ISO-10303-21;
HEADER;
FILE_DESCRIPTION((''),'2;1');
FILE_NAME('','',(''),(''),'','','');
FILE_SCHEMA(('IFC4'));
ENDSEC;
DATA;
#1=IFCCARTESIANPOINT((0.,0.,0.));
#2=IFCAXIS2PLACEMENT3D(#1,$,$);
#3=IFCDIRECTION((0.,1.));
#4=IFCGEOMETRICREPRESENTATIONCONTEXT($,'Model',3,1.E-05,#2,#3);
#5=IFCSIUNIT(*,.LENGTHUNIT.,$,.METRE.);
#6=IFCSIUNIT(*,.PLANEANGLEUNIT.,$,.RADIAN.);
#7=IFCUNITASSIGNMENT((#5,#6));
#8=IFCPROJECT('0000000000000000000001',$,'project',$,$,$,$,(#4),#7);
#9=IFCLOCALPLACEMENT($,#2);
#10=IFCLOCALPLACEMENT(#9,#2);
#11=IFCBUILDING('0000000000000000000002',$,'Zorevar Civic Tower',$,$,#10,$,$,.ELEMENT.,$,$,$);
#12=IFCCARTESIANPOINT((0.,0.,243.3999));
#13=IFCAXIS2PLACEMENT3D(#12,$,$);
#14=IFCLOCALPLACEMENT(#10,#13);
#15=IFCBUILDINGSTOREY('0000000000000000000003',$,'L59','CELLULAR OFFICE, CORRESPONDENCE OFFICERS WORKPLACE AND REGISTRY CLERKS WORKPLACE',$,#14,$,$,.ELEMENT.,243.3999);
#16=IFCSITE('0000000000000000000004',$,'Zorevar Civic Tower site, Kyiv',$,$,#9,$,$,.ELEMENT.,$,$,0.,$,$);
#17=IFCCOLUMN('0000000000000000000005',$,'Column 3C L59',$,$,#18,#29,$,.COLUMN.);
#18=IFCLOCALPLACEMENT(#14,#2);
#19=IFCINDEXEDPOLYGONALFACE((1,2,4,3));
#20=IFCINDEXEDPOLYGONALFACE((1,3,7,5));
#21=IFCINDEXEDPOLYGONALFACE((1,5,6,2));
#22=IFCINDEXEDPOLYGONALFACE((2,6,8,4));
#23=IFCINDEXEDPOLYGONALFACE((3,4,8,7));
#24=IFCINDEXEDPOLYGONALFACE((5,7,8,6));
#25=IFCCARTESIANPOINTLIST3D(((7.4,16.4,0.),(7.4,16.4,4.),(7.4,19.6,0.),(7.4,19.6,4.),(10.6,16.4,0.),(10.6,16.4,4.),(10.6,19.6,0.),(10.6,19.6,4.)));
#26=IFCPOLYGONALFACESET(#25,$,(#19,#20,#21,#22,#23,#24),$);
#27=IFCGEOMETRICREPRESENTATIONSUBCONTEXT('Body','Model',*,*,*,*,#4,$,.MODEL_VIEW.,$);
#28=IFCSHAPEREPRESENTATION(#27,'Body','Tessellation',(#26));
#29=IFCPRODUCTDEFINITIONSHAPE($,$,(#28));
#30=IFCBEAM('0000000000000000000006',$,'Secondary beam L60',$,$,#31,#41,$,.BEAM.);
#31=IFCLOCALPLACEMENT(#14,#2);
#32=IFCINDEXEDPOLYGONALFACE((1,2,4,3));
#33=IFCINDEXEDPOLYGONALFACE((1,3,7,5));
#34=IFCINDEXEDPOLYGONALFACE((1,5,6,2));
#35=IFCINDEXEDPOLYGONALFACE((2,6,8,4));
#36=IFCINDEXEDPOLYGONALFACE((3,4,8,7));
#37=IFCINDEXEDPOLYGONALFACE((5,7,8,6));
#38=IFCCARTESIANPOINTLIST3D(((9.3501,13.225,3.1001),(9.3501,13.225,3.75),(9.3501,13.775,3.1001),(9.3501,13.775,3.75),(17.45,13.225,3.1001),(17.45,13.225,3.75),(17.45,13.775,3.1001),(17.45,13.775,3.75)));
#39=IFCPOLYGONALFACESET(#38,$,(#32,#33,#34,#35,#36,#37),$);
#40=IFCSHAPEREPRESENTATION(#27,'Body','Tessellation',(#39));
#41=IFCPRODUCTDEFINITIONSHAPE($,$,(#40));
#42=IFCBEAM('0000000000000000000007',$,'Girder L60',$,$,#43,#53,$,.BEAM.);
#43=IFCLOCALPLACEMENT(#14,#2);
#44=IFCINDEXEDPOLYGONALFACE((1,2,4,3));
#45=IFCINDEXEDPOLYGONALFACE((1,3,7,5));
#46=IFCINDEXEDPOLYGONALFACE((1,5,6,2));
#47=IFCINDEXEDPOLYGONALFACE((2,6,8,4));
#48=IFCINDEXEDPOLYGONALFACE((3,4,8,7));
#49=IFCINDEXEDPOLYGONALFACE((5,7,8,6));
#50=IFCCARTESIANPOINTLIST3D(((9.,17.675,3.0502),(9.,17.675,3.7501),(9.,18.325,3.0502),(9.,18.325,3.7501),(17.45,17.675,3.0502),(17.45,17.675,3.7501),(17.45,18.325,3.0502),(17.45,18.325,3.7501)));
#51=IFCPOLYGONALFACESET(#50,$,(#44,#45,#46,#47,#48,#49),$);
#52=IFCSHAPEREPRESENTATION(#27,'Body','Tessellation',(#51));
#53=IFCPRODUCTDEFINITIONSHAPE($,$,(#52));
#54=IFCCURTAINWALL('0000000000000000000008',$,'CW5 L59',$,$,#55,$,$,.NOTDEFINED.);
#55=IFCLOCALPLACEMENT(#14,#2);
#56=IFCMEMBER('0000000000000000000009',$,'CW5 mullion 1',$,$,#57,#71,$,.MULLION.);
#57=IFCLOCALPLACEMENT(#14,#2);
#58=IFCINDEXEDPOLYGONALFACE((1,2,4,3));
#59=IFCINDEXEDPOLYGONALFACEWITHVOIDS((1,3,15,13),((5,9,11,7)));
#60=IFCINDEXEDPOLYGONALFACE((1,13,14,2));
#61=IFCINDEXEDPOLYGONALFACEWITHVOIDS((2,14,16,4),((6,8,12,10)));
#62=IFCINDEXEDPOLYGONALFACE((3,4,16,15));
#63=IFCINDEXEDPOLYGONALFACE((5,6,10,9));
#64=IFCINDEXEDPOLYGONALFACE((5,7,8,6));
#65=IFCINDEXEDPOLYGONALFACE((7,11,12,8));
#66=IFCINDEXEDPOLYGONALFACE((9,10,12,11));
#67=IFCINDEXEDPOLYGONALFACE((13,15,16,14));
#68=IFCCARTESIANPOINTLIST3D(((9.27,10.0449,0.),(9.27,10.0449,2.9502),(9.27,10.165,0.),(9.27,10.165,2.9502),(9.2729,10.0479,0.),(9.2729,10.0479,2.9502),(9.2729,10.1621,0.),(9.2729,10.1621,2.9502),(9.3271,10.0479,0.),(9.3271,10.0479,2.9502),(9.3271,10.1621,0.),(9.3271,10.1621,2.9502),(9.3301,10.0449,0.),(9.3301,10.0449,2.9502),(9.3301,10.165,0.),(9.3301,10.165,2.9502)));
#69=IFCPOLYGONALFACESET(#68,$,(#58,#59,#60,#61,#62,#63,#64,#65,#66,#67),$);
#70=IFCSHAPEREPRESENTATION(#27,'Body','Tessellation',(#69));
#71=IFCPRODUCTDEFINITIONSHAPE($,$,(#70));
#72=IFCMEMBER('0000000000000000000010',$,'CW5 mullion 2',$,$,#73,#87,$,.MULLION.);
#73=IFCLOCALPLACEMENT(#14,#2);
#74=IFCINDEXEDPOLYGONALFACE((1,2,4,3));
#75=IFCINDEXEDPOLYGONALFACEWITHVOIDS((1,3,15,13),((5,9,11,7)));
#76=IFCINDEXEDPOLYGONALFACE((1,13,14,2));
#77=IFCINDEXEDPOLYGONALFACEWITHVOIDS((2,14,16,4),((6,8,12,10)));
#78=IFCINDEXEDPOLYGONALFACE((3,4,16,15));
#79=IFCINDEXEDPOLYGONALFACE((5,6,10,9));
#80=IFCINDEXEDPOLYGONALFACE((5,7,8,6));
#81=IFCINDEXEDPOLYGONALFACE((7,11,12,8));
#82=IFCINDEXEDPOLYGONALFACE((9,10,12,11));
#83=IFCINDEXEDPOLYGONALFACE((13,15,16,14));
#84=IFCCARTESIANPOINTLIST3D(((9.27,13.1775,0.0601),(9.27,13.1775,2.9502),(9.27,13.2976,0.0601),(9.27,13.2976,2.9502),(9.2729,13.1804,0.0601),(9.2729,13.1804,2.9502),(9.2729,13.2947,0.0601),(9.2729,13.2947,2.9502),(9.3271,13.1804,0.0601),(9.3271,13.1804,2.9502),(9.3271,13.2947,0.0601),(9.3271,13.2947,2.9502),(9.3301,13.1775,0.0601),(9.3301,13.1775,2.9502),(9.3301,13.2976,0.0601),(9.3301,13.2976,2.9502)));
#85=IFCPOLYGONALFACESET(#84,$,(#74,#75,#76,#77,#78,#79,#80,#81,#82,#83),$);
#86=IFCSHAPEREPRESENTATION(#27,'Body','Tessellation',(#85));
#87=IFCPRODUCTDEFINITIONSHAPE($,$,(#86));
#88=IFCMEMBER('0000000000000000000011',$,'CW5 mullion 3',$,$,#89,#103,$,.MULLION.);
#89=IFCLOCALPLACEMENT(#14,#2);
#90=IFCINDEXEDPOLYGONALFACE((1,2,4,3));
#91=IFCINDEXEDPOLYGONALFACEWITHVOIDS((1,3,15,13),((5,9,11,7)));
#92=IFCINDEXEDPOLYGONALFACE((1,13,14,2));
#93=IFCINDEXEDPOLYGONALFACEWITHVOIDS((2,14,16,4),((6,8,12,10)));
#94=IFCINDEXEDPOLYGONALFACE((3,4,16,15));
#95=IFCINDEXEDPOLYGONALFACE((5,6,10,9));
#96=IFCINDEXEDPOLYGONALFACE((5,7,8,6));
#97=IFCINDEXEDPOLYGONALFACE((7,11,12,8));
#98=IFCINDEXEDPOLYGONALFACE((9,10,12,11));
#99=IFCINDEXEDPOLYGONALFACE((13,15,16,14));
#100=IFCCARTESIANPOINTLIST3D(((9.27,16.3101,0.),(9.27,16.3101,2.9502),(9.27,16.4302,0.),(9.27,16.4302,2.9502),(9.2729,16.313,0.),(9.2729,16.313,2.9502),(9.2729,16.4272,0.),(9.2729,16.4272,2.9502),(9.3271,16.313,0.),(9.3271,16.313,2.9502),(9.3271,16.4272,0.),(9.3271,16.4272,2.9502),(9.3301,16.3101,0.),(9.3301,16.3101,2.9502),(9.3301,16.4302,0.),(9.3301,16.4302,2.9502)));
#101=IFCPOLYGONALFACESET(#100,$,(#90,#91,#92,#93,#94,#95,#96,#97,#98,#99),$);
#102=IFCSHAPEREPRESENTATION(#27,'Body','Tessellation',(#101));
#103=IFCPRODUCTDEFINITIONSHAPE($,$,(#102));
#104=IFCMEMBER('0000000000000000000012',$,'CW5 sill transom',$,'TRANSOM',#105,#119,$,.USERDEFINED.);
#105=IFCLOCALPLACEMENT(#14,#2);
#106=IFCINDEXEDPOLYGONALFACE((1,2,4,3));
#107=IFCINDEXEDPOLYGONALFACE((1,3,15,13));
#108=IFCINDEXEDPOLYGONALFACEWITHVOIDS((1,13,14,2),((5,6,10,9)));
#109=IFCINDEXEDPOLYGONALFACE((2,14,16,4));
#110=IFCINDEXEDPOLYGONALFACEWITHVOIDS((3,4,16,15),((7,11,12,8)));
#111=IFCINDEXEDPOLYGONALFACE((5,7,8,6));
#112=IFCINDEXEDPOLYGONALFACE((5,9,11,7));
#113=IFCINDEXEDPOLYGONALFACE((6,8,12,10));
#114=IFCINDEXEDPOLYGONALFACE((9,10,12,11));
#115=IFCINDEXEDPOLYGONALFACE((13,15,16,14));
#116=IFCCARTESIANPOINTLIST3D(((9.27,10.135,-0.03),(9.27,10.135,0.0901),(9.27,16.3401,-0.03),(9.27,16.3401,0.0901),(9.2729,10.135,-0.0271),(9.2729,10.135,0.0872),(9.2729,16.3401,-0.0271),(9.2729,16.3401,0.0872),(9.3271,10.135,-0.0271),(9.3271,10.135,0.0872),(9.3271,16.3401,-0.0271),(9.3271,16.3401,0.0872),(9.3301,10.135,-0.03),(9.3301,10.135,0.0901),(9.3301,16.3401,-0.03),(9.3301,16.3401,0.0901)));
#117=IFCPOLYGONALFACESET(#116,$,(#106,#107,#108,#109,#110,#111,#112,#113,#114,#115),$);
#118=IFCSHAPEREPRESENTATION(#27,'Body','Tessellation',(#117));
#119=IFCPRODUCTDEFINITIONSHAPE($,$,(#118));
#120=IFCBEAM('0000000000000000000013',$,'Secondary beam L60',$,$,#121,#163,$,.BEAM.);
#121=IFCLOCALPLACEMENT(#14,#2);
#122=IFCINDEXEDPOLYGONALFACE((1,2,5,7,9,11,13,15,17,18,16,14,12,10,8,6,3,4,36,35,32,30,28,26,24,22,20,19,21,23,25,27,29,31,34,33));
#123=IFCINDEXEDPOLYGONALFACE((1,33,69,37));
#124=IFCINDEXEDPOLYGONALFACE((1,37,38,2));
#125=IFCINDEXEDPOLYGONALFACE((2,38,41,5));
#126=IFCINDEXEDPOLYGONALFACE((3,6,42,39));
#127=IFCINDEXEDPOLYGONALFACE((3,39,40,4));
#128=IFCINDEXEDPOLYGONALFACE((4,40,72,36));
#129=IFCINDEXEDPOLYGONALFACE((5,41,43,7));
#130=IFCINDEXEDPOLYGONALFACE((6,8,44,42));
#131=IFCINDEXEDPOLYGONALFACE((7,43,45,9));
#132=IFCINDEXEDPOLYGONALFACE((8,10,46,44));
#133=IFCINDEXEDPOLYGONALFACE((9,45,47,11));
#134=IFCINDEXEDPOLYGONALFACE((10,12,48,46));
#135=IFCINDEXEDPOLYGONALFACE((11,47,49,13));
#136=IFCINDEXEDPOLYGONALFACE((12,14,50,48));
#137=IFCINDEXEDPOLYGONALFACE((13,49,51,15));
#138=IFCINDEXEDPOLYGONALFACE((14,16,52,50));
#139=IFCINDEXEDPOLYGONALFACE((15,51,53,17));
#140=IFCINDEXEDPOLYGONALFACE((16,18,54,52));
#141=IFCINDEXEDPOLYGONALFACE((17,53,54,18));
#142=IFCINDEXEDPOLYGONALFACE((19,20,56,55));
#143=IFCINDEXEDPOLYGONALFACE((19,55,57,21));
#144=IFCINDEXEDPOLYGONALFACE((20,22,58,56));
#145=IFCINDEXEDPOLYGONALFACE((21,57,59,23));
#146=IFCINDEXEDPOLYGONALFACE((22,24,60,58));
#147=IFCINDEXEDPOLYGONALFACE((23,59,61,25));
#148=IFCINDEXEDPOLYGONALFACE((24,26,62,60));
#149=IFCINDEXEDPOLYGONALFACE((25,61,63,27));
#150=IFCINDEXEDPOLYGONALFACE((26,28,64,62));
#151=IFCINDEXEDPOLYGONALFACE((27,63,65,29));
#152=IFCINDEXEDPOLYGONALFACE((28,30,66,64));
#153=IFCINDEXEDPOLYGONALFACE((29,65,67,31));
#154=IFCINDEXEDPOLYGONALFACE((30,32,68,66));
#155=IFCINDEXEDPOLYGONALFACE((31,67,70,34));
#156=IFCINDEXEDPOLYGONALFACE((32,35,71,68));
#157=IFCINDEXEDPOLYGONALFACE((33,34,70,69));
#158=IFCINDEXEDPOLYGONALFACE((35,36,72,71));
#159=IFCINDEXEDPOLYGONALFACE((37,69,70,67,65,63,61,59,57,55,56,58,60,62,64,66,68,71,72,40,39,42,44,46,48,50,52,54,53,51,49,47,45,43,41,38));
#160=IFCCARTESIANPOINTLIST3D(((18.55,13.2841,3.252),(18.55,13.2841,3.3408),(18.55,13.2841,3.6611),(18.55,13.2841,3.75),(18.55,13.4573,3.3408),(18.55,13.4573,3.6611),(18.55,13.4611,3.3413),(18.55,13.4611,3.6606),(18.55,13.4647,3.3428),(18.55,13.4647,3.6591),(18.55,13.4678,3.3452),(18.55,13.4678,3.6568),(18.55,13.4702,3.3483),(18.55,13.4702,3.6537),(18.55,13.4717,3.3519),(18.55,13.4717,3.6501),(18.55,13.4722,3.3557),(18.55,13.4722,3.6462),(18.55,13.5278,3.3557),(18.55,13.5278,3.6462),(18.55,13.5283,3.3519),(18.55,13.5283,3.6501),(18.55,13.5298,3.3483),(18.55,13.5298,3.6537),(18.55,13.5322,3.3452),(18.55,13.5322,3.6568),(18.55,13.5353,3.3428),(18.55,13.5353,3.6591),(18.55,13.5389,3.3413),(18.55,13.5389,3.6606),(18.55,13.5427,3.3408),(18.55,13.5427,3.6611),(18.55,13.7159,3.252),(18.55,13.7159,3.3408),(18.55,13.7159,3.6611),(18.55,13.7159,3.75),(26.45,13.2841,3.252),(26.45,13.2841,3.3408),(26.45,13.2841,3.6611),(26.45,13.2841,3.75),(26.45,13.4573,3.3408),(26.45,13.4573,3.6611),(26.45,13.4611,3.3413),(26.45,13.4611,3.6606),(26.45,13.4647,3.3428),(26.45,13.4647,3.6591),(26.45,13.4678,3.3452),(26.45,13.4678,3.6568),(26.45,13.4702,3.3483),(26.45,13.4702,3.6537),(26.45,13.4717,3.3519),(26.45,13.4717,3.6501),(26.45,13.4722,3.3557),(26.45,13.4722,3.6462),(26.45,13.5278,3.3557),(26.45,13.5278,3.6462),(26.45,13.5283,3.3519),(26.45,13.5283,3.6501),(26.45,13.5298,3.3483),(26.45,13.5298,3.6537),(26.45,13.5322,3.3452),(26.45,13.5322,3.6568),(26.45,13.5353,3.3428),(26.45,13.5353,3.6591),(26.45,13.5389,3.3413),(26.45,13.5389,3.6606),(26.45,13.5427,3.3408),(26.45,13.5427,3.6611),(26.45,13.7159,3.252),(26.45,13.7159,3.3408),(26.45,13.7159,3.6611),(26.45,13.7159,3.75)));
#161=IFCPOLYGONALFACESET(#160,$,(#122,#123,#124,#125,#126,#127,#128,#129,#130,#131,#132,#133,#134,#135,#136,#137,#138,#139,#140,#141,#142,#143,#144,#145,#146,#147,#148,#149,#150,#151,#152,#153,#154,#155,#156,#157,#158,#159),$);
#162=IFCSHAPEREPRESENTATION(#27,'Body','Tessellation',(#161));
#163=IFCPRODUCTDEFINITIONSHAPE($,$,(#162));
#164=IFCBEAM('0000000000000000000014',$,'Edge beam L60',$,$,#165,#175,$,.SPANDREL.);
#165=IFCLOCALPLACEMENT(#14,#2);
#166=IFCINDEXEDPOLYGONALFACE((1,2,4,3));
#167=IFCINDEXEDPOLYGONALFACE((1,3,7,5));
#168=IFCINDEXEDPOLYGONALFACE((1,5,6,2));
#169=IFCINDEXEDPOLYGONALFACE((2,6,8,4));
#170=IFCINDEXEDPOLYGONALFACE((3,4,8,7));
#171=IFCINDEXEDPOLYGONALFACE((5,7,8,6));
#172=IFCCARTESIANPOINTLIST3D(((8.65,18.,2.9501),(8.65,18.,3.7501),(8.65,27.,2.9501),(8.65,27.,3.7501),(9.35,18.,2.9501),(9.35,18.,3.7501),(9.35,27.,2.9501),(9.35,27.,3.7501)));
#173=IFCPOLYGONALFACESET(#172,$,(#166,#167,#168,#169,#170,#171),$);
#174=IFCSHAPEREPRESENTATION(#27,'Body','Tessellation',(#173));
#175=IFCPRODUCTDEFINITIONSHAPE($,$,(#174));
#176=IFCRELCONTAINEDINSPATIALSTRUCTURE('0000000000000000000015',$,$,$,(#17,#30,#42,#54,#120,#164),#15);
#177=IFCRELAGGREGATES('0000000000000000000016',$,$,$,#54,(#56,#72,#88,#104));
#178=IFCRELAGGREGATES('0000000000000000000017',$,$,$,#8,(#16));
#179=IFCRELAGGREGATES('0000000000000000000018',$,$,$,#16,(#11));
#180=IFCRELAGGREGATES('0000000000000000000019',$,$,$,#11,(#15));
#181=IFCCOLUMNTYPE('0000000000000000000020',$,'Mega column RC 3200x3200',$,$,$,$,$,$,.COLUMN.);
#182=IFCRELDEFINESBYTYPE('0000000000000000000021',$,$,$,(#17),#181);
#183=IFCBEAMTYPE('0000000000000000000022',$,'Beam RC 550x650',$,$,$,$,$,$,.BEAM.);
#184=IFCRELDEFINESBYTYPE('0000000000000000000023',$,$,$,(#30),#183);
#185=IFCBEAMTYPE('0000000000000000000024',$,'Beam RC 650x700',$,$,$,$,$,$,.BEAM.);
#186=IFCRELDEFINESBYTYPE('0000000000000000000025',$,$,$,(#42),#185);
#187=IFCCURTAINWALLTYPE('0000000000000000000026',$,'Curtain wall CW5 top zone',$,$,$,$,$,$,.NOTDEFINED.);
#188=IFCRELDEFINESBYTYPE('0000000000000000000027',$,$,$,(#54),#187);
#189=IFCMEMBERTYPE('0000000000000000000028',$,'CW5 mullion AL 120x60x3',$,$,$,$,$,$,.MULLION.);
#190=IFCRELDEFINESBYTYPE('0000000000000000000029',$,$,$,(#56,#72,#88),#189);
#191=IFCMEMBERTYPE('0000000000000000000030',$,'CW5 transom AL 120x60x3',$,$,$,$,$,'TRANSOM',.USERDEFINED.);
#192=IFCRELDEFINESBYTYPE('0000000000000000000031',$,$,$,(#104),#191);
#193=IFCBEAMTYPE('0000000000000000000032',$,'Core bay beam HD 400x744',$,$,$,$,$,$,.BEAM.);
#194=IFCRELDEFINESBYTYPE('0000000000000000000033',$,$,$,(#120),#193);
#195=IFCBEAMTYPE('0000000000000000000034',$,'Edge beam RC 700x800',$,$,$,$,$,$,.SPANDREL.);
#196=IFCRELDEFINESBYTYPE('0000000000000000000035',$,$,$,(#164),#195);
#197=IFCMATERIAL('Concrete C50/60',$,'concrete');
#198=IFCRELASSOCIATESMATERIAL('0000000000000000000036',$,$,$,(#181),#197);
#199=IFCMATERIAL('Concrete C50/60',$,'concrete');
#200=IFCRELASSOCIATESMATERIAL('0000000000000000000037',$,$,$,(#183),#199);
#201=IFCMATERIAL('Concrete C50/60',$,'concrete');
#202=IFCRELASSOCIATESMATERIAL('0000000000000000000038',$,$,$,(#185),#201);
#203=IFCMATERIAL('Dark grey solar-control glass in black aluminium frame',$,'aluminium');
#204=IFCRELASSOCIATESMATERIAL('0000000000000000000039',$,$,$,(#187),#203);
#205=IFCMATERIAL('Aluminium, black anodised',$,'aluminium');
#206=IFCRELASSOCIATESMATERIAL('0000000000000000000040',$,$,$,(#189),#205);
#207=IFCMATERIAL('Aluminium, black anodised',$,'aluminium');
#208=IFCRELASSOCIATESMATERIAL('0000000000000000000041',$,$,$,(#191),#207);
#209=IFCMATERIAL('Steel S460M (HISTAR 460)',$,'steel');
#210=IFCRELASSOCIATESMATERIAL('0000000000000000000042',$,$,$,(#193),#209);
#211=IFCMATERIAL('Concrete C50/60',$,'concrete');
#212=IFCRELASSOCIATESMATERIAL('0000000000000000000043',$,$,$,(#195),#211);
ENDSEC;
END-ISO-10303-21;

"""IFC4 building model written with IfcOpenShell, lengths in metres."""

from ifc_helpers import new_model, si_unit, direction, frame, origin, origin_2d, place, context, subcontext, project, spatial, rectangle, hollow_rectangle, i_section, extrude, material, material_profile, profile_set, type_object, element, aggregate, save


model = new_model("IFC4")

# Units and contexts
model_context = context("Model", 3, precision=1e-05, world=origin(), true_north=direction((0.0, 1.0)))
body_context = subcontext(model_context, "Body", "Model", "MODEL_VIEW")
ifc_project = project(units=[si_unit("LENGTHUNIT", "METRE"), si_unit("PLANEANGLEUNIT", "RADIAN")], contexts=[model_context])

# Site, building, storey
site_placement = place(None, origin())
site = spatial("IfcSite", under=ifc_project, at=site_placement, Name="Zorevar Civic Tower site, Kyiv", CompositionType="ELEMENT", RefElevation=0.0)
building_placement = place(site_placement, origin())
building = spatial("IfcBuilding", under=site, at=building_placement, Name="Zorevar Civic Tower", CompositionType="ELEMENT")
storey_placement = place(building_placement, frame((0.0, 0.0, 243.3999)))
storey = spatial("IfcBuildingStorey", under=building, at=storey_placement, Name="L59", Description="CELLULAR OFFICE, CORRESPONDENCE OFFICERS WORKPLACE AND REGISTRY CLERKS WORKPLACE", CompositionType="ELEMENT", Elevation=243.3999)

# Column
ifc_material_1 = material(Name="Concrete C50/60", Category="concrete")
ifc_material_profile_1 = material_profile(ifc_material_1, rectangle(XDim=3.2, YDim=3.2, at=origin_2d()), Name="RC 3200x3200")
ifc_profile_set_1 = profile_set([ifc_material_profile_1], Name="Concrete C50/60")
column_type = type_object("IfcColumnType", Name="Mega column RC 3200x3200", PredefinedType="COLUMN", material=ifc_profile_set_1)
column_placement = place(storey_placement, frame((9.0, 18.0, 0.0), z_axis=(0.0, 0.0, 1.0), x_axis=(1.0, 0.0, 0.0)))
element("IfcColumn", 1, at=column_placement, inside=storey, type_object=column_type, Name="Column 3C L59", PredefinedType="COLUMN", context=body_context, shape_type="SweptSolid", body=[
    extrude(rectangle(XDim=3.2, YDim=3.2, at=origin_2d()), origin(), (0.0, 0.0, 1.0), 4.0),
])

# Beams
ifc_material_2 = material(Name="Concrete C50/60", Category="concrete")
ifc_material_profile_2 = material_profile(ifc_material_2, rectangle(XDim=0.55, YDim=0.6499, at=origin_2d()), Name="RC 550x650")
ifc_profile_set_2 = profile_set([ifc_material_profile_2], Name="Concrete C50/60")
beam_type_1 = type_object("IfcBeamType", Name="Beam RC 550x650", PredefinedType="BEAM", material=ifc_profile_set_2)
beam_1_placement = place(storey_placement, frame((9.3501, 13.5, 3.425), z_axis=(1.0, 0.0, 0.0), x_axis=(0.0, 1.0, 0.0)))
element("IfcBeam", 2, at=beam_1_placement, inside=storey, type_object=beam_type_1, Name="Secondary beam L60", PredefinedType="BEAM", context=body_context, shape_type="SweptSolid", body=[
    extrude(rectangle(XDim=0.55, YDim=0.6499, at=origin_2d()), origin(), (0.0, 0.0, 1.0), 8.0999),
])
ifc_material_3 = material(Name="Concrete C50/60", Category="concrete")
ifc_material_profile_3 = material_profile(ifc_material_3, rectangle(XDim=0.6499, YDim=0.7, at=origin_2d()), Name="RC 650x700")
ifc_profile_set_3 = profile_set([ifc_material_profile_3], Name="Concrete C50/60")
beam_type_2 = type_object("IfcBeamType", Name="Beam RC 650x700", PredefinedType="BEAM", material=ifc_profile_set_3)
beam_2_placement = place(storey_placement, frame((9.0, 18.0, 3.4001), z_axis=(1.0, 0.0, 0.0), x_axis=(0.0, 1.0, 0.0)))
element("IfcBeam", 3, at=beam_2_placement, inside=storey, type_object=beam_type_2, Name="Girder L60", PredefinedType="BEAM", context=body_context, shape_type="SweptSolid", body=[
    extrude(rectangle(XDim=0.6499, YDim=0.7, at=origin_2d()), origin(), (0.0, 0.0, 1.0), 8.45),
])

# Curtain wall, members
ifc_material_4 = material(Name="Dark grey solar-control glass in black aluminium frame", Category="aluminium")
curtain_wall_type = type_object("IfcCurtainWallType", Name="Curtain wall CW5 top zone", PredefinedType="NOTDEFINED", material=ifc_material_4)
curtain_wall_placement = place(storey_placement, origin())
curtain_wall = element("IfcCurtainWall", 4, at=curtain_wall_placement, inside=storey, type_object=curtain_wall_type, Name="CW5 L59", PredefinedType="NOTDEFINED")
ifc_material_5 = material(Name="Aluminium, black anodised", Category="aluminium")
ifc_material_profile_4 = material_profile(ifc_material_5, hollow_rectangle(XDim=0.0601, YDim=0.1201, WallThickness=0.0029, at=origin_2d()), Name="AL 120x60x3")
ifc_profile_set_4 = profile_set([ifc_material_profile_4], Name="Aluminium, black anodised")
member_type_1 = type_object("IfcMemberType", Name="CW5 mullion AL 120x60x3", PredefinedType="MULLION", material=ifc_profile_set_4)
member_1_placement = place(storey_placement, frame((9.3, 10.105, 0.0), z_axis=(0.0, 0.0, 1.0), x_axis=(-1.0, 0.0, 0.0)))
member_1 = element("IfcMember", 5, at=member_1_placement, type_object=member_type_1, Name="CW5 mullion 1", PredefinedType="MULLION", context=body_context, shape_type="SweptSolid", body=[
    extrude(hollow_rectangle(XDim=0.0601, YDim=0.1201, WallThickness=0.0029, at=origin_2d()), origin(), (0.0, 0.0, 1.0), 2.9502),
])
member_2_placement = place(storey_placement, frame((9.3, 13.2375, 0.0601), z_axis=(0.0, 0.0, 1.0), x_axis=(-1.0, 0.0, 0.0)))
member_2 = element("IfcMember", 6, at=member_2_placement, type_object=member_type_1, Name="CW5 mullion 2", PredefinedType="MULLION", context=body_context, shape_type="SweptSolid", body=[
    extrude(hollow_rectangle(XDim=0.0601, YDim=0.1201, WallThickness=0.0029, at=origin_2d()), origin(), (0.0, 0.0, 1.0), 2.8901),
])
member_3_placement = place(storey_placement, frame((9.3, 16.3701, 0.0), z_axis=(0.0, 0.0, 1.0), x_axis=(-1.0, 0.0, 0.0)))
member_3 = element("IfcMember", 7, at=member_3_placement, type_object=member_type_1, Name="CW5 mullion 3", PredefinedType="MULLION", context=body_context, shape_type="SweptSolid", body=[
    extrude(hollow_rectangle(XDim=0.0601, YDim=0.1201, WallThickness=0.0029, at=origin_2d()), origin(), (0.0, 0.0, 1.0), 2.9502),
])
ifc_material_6 = material(Name="Aluminium, black anodised", Category="aluminium")
ifc_material_profile_5 = material_profile(ifc_material_6, hollow_rectangle(XDim=0.0601, YDim=0.1201, WallThickness=0.0029, at=origin_2d()), Name="AL 120x60x3")
ifc_profile_set_5 = profile_set([ifc_material_profile_5], Name="Aluminium, black anodised")
member_type_2 = type_object("IfcMemberType", Name="CW5 transom AL 120x60x3", ElementType="TRANSOM", PredefinedType="USERDEFINED", material=ifc_profile_set_5)
member_4_placement = place(storey_placement, frame((9.3, 10.135, 0.03), z_axis=(0.0, 1.0, 0.0), x_axis=(-1.0, 0.0, 0.0)))
member_4 = element("IfcMember", 8, at=member_4_placement, type_object=member_type_2, Name="CW5 sill transom", ObjectType="TRANSOM", PredefinedType="USERDEFINED", context=body_context, shape_type="SweptSolid", body=[
    extrude(hollow_rectangle(XDim=0.0601, YDim=0.1201, WallThickness=0.0029, at=origin_2d()), origin(), (0.0, 0.0, 1.0), 6.2051),
])

# Beams
ifc_material_7 = material(Name="Steel S460M (HISTAR 460)", Category="steel")
ifc_material_profile_6 = material_profile(ifc_material_7, i_section(OverallWidth=0.4319, OverallDepth=0.498, WebThickness=0.0557, FlangeThickness=0.0889, FilletRadius=0.0149, at=origin_2d()), Name="HD 400x744")
ifc_profile_set_6 = profile_set([ifc_material_profile_6], Name="Steel S460M (HISTAR 460)")
beam_type_3 = type_object("IfcBeamType", Name="Core bay beam HD 400x744", PredefinedType="BEAM", material=ifc_profile_set_6)
beam_3_placement = place(storey_placement, frame((18.55, 13.5, 3.501), z_axis=(1.0, 0.0, 0.0), x_axis=(0.0, 1.0, 0.0)))
element("IfcBeam", 9, at=beam_3_placement, inside=storey, type_object=beam_type_3, Name="Secondary beam L60", PredefinedType="BEAM", context=body_context, shape_type="SweptSolid", body=[
    extrude(i_section(OverallWidth=0.4319, OverallDepth=0.498, WebThickness=0.0557, FlangeThickness=0.0889, FilletRadius=0.0149, at=origin_2d()), origin(), (0.0, 0.0, 1.0), 7.8999),
])
ifc_material_8 = material(Name="Concrete C50/60", Category="concrete")
ifc_material_profile_7 = material_profile(ifc_material_8, rectangle(XDim=0.7, YDim=0.8, at=origin_2d()), Name="RC 700x800")
ifc_profile_set_7 = profile_set([ifc_material_profile_7], Name="Concrete C50/60")
beam_type_4 = type_object("IfcBeamType", Name="Edge beam RC 700x800", PredefinedType="SPANDREL", material=ifc_profile_set_7)
beam_4_placement = place(storey_placement, frame((9.0, 18.0, 3.3501), z_axis=(0.0, 1.0, 0.0), x_axis=(-1.0, 0.0, 0.0)))
element("IfcBeam", 10, at=beam_4_placement, inside=storey, type_object=beam_type_4, Name="Edge beam L60", PredefinedType="SPANDREL", context=body_context, shape_type="SweptSolid", body=[
    extrude(rectangle(XDim=0.7, YDim=0.8, at=origin_2d()), origin(), (0.0, 0.0, 1.0), 9.0),
])

aggregate(curtain_wall, [member_1, member_2, member_3, member_4])

save(model, "model.ifc")
